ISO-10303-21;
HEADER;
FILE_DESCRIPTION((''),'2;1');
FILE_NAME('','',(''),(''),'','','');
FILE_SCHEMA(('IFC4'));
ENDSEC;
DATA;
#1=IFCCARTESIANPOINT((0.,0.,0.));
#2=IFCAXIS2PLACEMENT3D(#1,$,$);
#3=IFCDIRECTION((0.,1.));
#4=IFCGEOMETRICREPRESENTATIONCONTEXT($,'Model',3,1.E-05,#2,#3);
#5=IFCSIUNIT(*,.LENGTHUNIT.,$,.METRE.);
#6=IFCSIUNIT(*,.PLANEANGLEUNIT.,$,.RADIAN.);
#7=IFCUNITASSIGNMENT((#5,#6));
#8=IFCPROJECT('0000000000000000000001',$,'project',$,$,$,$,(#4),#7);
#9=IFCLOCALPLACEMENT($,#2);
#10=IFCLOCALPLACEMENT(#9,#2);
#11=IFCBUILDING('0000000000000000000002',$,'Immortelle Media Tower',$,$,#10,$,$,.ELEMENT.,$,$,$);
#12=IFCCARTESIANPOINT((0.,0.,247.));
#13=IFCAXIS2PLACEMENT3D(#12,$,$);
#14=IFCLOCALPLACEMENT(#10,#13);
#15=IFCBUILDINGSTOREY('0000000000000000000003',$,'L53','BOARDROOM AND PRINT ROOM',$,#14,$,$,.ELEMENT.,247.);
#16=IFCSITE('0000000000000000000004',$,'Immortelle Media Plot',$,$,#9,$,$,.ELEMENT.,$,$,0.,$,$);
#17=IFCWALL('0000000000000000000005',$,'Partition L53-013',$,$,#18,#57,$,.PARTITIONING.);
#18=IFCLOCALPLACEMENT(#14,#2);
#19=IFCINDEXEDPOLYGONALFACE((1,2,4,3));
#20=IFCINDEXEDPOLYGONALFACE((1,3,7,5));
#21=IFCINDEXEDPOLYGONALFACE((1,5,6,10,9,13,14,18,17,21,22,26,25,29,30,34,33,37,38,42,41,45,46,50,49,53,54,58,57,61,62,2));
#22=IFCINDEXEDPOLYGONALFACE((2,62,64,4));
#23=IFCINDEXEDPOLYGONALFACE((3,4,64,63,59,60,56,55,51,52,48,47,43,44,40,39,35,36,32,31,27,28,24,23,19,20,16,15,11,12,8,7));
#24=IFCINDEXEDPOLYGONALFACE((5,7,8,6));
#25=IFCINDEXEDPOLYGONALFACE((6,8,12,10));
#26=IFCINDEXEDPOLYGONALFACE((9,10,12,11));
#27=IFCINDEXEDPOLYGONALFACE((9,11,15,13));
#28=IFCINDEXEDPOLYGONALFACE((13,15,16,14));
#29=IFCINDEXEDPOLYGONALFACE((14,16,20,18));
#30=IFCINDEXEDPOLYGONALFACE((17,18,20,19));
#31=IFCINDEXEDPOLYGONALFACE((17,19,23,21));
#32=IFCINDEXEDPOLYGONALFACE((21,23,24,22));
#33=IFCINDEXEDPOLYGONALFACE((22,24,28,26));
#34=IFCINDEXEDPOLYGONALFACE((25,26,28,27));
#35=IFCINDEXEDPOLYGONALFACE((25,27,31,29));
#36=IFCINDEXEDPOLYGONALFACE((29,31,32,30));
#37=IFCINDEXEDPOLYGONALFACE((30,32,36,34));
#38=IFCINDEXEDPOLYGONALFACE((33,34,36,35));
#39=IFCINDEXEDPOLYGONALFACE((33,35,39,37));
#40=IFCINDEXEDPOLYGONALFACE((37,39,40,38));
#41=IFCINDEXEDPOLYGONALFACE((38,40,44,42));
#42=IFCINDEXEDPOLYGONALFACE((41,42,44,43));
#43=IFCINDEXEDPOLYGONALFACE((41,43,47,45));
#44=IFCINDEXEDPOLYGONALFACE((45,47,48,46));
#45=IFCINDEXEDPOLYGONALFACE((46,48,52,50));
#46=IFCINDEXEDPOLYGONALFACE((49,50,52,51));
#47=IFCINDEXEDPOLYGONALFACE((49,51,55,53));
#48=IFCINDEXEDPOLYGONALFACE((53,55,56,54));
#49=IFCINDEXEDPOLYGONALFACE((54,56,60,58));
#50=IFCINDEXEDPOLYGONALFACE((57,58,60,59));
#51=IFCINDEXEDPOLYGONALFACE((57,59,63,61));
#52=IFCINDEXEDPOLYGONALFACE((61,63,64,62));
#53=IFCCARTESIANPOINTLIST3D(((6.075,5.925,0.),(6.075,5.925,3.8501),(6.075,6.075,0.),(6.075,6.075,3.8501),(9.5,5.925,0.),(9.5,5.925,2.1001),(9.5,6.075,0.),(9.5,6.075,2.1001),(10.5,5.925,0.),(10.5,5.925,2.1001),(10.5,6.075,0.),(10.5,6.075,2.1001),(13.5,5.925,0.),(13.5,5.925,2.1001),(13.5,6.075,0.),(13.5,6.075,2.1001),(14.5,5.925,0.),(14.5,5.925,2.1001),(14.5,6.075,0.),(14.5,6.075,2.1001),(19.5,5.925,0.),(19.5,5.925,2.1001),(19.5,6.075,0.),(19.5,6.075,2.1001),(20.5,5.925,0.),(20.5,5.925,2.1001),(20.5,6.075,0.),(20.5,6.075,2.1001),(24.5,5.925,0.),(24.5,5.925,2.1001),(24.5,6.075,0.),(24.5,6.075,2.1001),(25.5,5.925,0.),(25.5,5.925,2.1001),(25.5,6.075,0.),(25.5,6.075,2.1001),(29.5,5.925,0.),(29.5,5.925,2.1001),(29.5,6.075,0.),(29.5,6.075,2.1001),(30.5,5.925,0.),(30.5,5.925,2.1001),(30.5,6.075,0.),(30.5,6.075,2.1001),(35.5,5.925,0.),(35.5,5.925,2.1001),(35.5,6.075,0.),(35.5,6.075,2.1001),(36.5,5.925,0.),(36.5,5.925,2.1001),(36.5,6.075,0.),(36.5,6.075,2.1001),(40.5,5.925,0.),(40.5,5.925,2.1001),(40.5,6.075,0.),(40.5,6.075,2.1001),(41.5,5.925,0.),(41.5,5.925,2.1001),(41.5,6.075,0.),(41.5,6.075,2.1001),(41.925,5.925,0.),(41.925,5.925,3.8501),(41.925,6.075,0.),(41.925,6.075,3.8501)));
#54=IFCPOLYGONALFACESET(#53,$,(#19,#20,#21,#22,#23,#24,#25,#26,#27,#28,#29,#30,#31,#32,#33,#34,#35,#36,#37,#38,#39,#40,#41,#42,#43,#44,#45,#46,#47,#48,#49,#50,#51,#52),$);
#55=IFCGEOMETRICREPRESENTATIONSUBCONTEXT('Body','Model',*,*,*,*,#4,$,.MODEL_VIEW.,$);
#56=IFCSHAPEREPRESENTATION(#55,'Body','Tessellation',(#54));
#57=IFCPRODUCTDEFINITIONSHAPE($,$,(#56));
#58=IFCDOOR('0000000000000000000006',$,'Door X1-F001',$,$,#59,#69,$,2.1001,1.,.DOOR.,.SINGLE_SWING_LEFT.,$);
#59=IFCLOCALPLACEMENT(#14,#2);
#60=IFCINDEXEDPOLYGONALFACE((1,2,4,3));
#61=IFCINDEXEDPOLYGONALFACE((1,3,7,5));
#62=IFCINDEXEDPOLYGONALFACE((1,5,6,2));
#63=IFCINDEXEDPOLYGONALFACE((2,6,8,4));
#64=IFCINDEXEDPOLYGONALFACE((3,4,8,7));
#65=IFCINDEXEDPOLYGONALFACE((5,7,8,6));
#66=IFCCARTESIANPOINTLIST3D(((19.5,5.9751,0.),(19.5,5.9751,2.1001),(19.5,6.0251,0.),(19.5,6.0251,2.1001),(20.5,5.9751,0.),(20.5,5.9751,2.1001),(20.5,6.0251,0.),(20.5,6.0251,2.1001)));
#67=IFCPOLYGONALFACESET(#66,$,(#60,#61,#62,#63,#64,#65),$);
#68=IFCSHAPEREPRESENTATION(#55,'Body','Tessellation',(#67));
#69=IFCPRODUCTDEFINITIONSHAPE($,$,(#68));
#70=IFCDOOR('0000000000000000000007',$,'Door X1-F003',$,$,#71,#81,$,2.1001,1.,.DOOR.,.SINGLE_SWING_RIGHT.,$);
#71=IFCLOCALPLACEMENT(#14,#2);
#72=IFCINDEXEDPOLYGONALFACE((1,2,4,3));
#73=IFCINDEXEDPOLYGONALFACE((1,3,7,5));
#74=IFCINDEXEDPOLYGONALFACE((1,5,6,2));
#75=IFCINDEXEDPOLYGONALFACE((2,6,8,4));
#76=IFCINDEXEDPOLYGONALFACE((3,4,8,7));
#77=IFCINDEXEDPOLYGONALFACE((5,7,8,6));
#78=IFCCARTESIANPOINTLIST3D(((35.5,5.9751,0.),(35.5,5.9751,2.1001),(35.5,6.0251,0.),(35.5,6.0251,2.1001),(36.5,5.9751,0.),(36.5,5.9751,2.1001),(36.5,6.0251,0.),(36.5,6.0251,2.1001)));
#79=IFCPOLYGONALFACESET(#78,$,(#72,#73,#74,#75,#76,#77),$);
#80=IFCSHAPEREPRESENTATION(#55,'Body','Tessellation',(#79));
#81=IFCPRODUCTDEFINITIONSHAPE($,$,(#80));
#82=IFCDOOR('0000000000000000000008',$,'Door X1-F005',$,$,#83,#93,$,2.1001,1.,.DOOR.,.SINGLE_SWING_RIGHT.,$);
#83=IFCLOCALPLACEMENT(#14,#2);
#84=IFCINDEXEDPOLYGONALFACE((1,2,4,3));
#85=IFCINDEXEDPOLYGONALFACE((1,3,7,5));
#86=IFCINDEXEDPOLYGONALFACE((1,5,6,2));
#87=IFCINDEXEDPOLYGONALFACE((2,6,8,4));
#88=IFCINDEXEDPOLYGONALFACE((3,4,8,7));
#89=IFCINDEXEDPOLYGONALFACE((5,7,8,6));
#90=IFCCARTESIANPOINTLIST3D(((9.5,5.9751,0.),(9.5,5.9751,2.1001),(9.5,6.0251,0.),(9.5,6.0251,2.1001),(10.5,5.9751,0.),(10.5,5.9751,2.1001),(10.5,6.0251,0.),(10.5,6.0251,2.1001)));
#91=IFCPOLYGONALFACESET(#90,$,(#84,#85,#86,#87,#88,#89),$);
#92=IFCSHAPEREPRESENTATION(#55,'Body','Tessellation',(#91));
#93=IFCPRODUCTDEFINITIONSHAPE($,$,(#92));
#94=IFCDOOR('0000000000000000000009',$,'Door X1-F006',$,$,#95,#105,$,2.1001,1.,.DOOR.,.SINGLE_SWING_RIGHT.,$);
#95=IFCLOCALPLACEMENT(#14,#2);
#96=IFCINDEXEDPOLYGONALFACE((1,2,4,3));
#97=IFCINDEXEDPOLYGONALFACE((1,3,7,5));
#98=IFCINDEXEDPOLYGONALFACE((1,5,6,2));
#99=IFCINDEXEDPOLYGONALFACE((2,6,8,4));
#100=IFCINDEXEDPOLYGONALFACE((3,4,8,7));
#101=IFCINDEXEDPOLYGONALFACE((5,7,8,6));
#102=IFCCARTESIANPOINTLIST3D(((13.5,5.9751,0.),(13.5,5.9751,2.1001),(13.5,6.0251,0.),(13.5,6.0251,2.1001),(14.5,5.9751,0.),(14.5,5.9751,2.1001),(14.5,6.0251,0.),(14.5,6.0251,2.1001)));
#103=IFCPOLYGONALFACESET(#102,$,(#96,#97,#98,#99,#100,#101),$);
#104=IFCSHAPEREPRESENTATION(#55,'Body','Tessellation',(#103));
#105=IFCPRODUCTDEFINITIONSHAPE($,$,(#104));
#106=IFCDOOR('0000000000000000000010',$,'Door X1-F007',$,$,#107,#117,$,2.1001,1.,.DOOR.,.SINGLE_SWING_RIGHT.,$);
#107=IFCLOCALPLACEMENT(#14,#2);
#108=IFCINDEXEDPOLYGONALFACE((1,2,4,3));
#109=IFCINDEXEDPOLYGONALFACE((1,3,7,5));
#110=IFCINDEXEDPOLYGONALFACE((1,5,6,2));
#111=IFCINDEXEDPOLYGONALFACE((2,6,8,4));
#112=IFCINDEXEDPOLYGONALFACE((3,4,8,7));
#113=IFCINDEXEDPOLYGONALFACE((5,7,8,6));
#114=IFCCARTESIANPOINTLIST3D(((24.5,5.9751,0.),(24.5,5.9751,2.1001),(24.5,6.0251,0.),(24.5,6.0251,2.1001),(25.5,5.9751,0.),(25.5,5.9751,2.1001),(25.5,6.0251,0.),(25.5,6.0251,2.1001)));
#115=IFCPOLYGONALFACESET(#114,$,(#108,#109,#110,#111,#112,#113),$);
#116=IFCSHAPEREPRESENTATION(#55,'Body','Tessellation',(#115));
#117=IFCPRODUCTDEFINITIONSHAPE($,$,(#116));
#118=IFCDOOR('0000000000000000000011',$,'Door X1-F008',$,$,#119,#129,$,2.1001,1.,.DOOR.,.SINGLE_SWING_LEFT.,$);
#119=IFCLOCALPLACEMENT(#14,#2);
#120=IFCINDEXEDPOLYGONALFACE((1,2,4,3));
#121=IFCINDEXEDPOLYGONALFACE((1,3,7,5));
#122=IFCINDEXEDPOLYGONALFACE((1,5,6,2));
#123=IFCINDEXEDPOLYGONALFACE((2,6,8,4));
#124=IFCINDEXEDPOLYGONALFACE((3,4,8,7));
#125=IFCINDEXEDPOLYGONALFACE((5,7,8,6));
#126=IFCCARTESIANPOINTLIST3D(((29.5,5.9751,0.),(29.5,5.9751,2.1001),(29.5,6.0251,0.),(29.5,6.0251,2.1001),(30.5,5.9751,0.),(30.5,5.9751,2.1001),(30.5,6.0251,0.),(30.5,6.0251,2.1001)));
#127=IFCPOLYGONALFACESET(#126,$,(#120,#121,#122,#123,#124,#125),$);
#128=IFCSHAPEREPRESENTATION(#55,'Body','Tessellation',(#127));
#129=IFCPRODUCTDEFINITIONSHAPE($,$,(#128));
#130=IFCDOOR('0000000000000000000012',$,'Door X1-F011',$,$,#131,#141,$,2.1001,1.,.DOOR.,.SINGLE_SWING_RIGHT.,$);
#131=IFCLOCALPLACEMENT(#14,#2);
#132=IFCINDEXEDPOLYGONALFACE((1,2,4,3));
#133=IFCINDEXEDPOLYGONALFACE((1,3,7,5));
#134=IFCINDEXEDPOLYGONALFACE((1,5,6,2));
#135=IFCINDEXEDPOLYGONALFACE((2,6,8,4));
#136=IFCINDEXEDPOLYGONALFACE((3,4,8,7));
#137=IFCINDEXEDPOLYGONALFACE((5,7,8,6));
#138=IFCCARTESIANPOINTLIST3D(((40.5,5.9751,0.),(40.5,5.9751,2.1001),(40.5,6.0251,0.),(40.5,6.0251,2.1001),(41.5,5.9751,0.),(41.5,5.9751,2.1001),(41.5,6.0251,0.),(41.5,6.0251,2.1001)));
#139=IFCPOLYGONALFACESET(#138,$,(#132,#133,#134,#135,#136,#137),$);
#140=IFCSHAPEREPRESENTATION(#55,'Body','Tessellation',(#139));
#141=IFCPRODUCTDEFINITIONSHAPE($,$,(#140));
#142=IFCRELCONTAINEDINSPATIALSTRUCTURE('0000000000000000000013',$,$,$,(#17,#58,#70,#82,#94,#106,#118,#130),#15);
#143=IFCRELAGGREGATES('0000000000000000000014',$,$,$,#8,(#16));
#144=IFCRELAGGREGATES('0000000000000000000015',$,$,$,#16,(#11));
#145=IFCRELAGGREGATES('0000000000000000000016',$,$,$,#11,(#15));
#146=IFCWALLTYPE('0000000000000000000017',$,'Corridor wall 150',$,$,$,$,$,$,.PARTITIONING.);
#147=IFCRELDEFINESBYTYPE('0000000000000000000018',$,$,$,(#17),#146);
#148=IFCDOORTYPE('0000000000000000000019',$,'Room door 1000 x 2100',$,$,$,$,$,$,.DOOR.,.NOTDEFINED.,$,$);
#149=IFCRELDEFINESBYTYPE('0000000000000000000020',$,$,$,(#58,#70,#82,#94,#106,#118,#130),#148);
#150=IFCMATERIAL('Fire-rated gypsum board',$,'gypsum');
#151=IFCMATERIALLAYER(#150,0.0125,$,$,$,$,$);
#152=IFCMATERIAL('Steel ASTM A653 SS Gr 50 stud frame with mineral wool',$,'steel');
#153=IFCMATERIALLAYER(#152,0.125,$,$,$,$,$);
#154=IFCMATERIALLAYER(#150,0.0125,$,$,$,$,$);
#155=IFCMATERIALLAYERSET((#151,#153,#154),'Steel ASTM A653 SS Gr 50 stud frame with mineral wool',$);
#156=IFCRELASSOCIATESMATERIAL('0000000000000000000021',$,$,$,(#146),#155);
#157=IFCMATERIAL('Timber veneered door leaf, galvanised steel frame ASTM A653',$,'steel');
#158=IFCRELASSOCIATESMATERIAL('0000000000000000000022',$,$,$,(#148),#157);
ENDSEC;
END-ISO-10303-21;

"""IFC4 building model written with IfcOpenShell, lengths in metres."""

from ifc_helpers import new_model, si_unit, direction, frame, frame_2d, origin, place, context, subcontext, project, spatial, rectangle, extrude, material, layer, layer_set, type_object, element, fill, save


model = new_model("IFC4")

# Units and contexts
model_context = context("Model", 3, precision=1e-05, world=origin(), true_north=direction((0.0, 1.0)))
body_context = subcontext(model_context, "Body", "Model", "MODEL_VIEW")
ifc_project = project(units=[si_unit("LENGTHUNIT", "METRE"), si_unit("PLANEANGLEUNIT", "RADIAN")], contexts=[model_context])

# Site, building, storey
site_placement = place(None, origin())
site = spatial("IfcSite", under=ifc_project, at=site_placement, Name="Immortelle Media Plot", CompositionType="ELEMENT", RefElevation=0.0)
building_placement = place(site_placement, origin())
building = spatial("IfcBuilding", under=site, at=building_placement, Name="Immortelle Media Tower", CompositionType="ELEMENT")
storey_placement = place(building_placement, frame((0.0, 0.0, 247.0)))
storey = spatial("IfcBuildingStorey", under=building, at=storey_placement, Name="L53", Description="BOARDROOM AND PRINT ROOM", CompositionType="ELEMENT", Elevation=247.0)

# Wall, openings, doors
ifc_material_1 = material(Name="Fire-rated gypsum board", Category="gypsum")
ifc_layer_1 = layer(ifc_material_1, 0.0125)
ifc_material_2 = material(Name="Steel ASTM A653 SS Gr 50 stud frame with mineral wool", Category="steel")
ifc_layer_2 = layer(ifc_material_2, 0.125)
ifc_layer_3 = layer(ifc_material_1, 0.0125)
ifc_layer_set_1 = layer_set([ifc_layer_1, ifc_layer_2, ifc_layer_3], Name="Steel ASTM A653 SS Gr 50 stud frame with mineral wool")
wall_type_1 = type_object("IfcWallType", Name="Corridor wall 150", PredefinedType="PARTITIONING", material=ifc_layer_set_1)
wall_1_placement = place(storey_placement, frame((6.075, 6.0, 0.0), z_axis=(0.0, 0.0, 1.0), x_axis=(1.0, 0.0, 0.0)))
wall_1 = element("IfcWall", 1, at=wall_1_placement, inside=storey, type_object=wall_type_1, Name="Partition L53-013", PredefinedType="PARTITIONING", context=body_context, shape_type="SweptSolid", body=[
    extrude(rectangle(XDim=35.8501, YDim=0.1499, at=frame_2d((17.925, 0.0))), origin(), (0.0, 0.0, 1.0), 3.8501),
])
opening_1_placement = place(wall_1_placement, frame((14.425, 0.0, 0.0), z_axis=(0.0, 0.0, 1.0), x_axis=(-1.0, 0.0, 0.0)))
opening_1 = element("IfcOpeningElement", 2, at=opening_1_placement, cuts=wall_1, PredefinedType="OPENING", context=body_context, shape_type="SweptSolid", body=[
    extrude(rectangle(XDim=1.0, YDim=2.1001, at=frame_2d((0.5, 1.05))), frame((0.0, 0.085, 0.0), z_axis=(0.0, -1.0, 0.0), x_axis=(1.0, 0.0, 0.0)), (0.0, 0.0, 1.0), 0.1699),
])
opening_2_placement = place(wall_1_placement, frame((30.425, 0.0, 0.0), z_axis=(0.0, 0.0, 1.0), x_axis=(-1.0, 0.0, 0.0)))
opening_2 = element("IfcOpeningElement", 3, at=opening_2_placement, cuts=wall_1, PredefinedType="OPENING", context=body_context, shape_type="SweptSolid", body=[
    extrude(rectangle(XDim=1.0, YDim=2.1001, at=frame_2d((0.5, 1.05))), frame((0.0, 0.085, 0.0), z_axis=(0.0, -1.0, 0.0), x_axis=(1.0, 0.0, 0.0)), (0.0, 0.0, 1.0), 0.1699),
])
opening_3_placement = place(wall_1_placement, frame((4.425, 0.0, 0.0), z_axis=(0.0, 0.0, 1.0), x_axis=(-1.0, 0.0, 0.0)))
opening_3 = element("IfcOpeningElement", 4, at=opening_3_placement, cuts=wall_1, PredefinedType="OPENING", context=body_context, shape_type="SweptSolid", body=[
    extrude(rectangle(XDim=1.0, YDim=2.1001, at=frame_2d((0.5, 1.05))), frame((0.0, 0.085, 0.0), z_axis=(0.0, -1.0, 0.0), x_axis=(1.0, 0.0, 0.0)), (0.0, 0.0, 1.0), 0.1699),
])
opening_4_placement = place(wall_1_placement, frame((8.425, 0.0, 0.0), z_axis=(0.0, 0.0, 1.0), x_axis=(-1.0, 0.0, 0.0)))
opening_4 = element("IfcOpeningElement", 5, at=opening_4_placement, cuts=wall_1, PredefinedType="OPENING", context=body_context, shape_type="SweptSolid", body=[
    extrude(rectangle(XDim=1.0, YDim=2.1001, at=frame_2d((0.5, 1.05))), frame((0.0, 0.085, 0.0), z_axis=(0.0, -1.0, 0.0), x_axis=(1.0, 0.0, 0.0)), (0.0, 0.0, 1.0), 0.1699),
])
opening_5_placement = place(wall_1_placement, frame((19.425, 0.0, 0.0), z_axis=(0.0, 0.0, 1.0), x_axis=(-1.0, 0.0, 0.0)))
opening_5 = element("IfcOpeningElement", 6, at=opening_5_placement, cuts=wall_1, PredefinedType="OPENING", context=body_context, shape_type="SweptSolid", body=[
    extrude(rectangle(XDim=1.0, YDim=2.1001, at=frame_2d((0.5, 1.05))), frame((0.0, 0.085, 0.0), z_axis=(0.0, -1.0, 0.0), x_axis=(1.0, 0.0, 0.0)), (0.0, 0.0, 1.0), 0.1699),
])
opening_6_placement = place(wall_1_placement, frame((24.425, 0.0, 0.0), z_axis=(0.0, 0.0, 1.0), x_axis=(-1.0, 0.0, 0.0)))
opening_6 = element("IfcOpeningElement", 7, at=opening_6_placement, cuts=wall_1, PredefinedType="OPENING", context=body_context, shape_type="SweptSolid", body=[
    extrude(rectangle(XDim=1.0, YDim=2.1001, at=frame_2d((0.5, 1.05))), frame((0.0, 0.085, 0.0), z_axis=(0.0, -1.0, 0.0), x_axis=(1.0, 0.0, 0.0)), (0.0, 0.0, 1.0), 0.1699),
])
opening_7_placement = place(wall_1_placement, frame((35.425, 0.0, 0.0), z_axis=(0.0, 0.0, 1.0), x_axis=(-1.0, 0.0, 0.0)))
opening_7 = element("IfcOpeningElement", 8, at=opening_7_placement, cuts=wall_1, PredefinedType="OPENING", context=body_context, shape_type="SweptSolid", body=[
    extrude(rectangle(XDim=1.0, YDim=2.1001, at=frame_2d((0.5, 1.05))), frame((0.0, 0.085, 0.0), z_axis=(0.0, -1.0, 0.0), x_axis=(1.0, 0.0, 0.0)), (0.0, 0.0, 1.0), 0.1699),
])
ifc_material_3 = material(Name="Timber veneered door leaf, galvanised steel frame ASTM A653", Category="steel")
door_type = type_object("IfcDoorType", Name="Room door 1000 x 2100", OperationType="NOTDEFINED", PredefinedType="DOOR", material=ifc_material_3)
door_1_placement = place(opening_1_placement, origin())
door_1 = element("IfcDoor", 9, at=door_1_placement, inside=storey, type_object=door_type, Name="Door X1-F001", OperationType="SINGLE_SWING_LEFT", OverallHeight=2.1001, OverallWidth=1.0, PredefinedType="DOOR", context=body_context, shape_type="SweptSolid", body=[
    extrude(rectangle(XDim=1.0, YDim=2.1001, at=frame_2d((0.5, 1.05))), frame((0.0, 0.0249, 0.0), z_axis=(0.0, -1.0, 0.0), x_axis=(1.0, 0.0, 0.0)), (0.0, 0.0, 1.0), 0.05),
])
fill(opening_1, door_1)
door_2_placement = place(opening_2_placement, origin())
door_2 = element("IfcDoor", 10, at=door_2_placement, inside=storey, type_object=door_type, Name="Door X1-F003", OperationType="SINGLE_SWING_RIGHT", OverallHeight=2.1001, OverallWidth=1.0, PredefinedType="DOOR", context=body_context, shape_type="SweptSolid", body=[
    extrude(rectangle(XDim=1.0, YDim=2.1001, at=frame_2d((0.5, 1.05))), frame((0.0, 0.0249, 0.0), z_axis=(0.0, -1.0, 0.0), x_axis=(1.0, 0.0, 0.0)), (0.0, 0.0, 1.0), 0.05),
])
fill(opening_2, door_2)
door_3_placement = place(opening_3_placement, origin())
door_3 = element("IfcDoor", 11, at=door_3_placement, inside=storey, type_object=door_type, Name="Door X1-F005", OperationType="SINGLE_SWING_RIGHT", OverallHeight=2.1001, OverallWidth=1.0, PredefinedType="DOOR", context=body_context, shape_type="SweptSolid", body=[
    extrude(rectangle(XDim=1.0, YDim=2.1001, at=frame_2d((0.5, 1.05))), frame((0.0, 0.0249, 0.0), z_axis=(0.0, -1.0, 0.0), x_axis=(1.0, 0.0, 0.0)), (0.0, 0.0, 1.0), 0.05),
])
fill(opening_3, door_3)
door_4_placement = place(opening_4_placement, origin())
door_4 = element("IfcDoor", 12, at=door_4_placement, inside=storey, type_object=door_type, Name="Door X1-F006", OperationType="SINGLE_SWING_RIGHT", OverallHeight=2.1001, OverallWidth=1.0, PredefinedType="DOOR", context=body_context, shape_type="SweptSolid", body=[
    extrude(rectangle(XDim=1.0, YDim=2.1001, at=frame_2d((0.5, 1.05))), frame((0.0, 0.0249, 0.0), z_axis=(0.0, -1.0, 0.0), x_axis=(1.0, 0.0, 0.0)), (0.0, 0.0, 1.0), 0.05),
])
fill(opening_4, door_4)
door_5_placement = place(opening_5_placement, origin())
door_5 = element("IfcDoor", 13, at=door_5_placement, inside=storey, type_object=door_type, Name="Door X1-F007", OperationType="SINGLE_SWING_RIGHT", OverallHeight=2.1001, OverallWidth=1.0, PredefinedType="DOOR", context=body_context, shape_type="SweptSolid", body=[
    extrude(rectangle(XDim=1.0, YDim=2.1001, at=frame_2d((0.5, 1.05))), frame((0.0, 0.0249, 0.0), z_axis=(0.0, -1.0, 0.0), x_axis=(1.0, 0.0, 0.0)), (0.0, 0.0, 1.0), 0.05),
])
fill(opening_5, door_5)
door_6_placement = place(opening_6_placement, origin())
door_6 = element("IfcDoor", 14, at=door_6_placement, inside=storey, type_object=door_type, Name="Door X1-F008", OperationType="SINGLE_SWING_LEFT", OverallHeight=2.1001, OverallWidth=1.0, PredefinedType="DOOR", context=body_context, shape_type="SweptSolid", body=[
    extrude(rectangle(XDim=1.0, YDim=2.1001, at=frame_2d((0.5, 1.05))), frame((0.0, 0.0249, 0.0), z_axis=(0.0, -1.0, 0.0), x_axis=(1.0, 0.0, 0.0)), (0.0, 0.0, 1.0), 0.05),
])
fill(opening_6, door_6)
door_7_placement = place(opening_7_placement, origin())
door_7 = element("IfcDoor", 15, at=door_7_placement, inside=storey, type_object=door_type, Name="Door X1-F011", OperationType="SINGLE_SWING_RIGHT", OverallHeight=2.1001, OverallWidth=1.0, PredefinedType="DOOR", context=body_context, shape_type="SweptSolid", body=[
    extrude(rectangle(XDim=1.0, YDim=2.1001, at=frame_2d((0.5, 1.05))), frame((0.0, 0.0249, 0.0), z_axis=(0.0, -1.0, 0.0), x_axis=(1.0, 0.0, 0.0)), (0.0, 0.0, 1.0), 0.05),
])
fill(opening_7, door_7)

save(model, "model.ifc")
